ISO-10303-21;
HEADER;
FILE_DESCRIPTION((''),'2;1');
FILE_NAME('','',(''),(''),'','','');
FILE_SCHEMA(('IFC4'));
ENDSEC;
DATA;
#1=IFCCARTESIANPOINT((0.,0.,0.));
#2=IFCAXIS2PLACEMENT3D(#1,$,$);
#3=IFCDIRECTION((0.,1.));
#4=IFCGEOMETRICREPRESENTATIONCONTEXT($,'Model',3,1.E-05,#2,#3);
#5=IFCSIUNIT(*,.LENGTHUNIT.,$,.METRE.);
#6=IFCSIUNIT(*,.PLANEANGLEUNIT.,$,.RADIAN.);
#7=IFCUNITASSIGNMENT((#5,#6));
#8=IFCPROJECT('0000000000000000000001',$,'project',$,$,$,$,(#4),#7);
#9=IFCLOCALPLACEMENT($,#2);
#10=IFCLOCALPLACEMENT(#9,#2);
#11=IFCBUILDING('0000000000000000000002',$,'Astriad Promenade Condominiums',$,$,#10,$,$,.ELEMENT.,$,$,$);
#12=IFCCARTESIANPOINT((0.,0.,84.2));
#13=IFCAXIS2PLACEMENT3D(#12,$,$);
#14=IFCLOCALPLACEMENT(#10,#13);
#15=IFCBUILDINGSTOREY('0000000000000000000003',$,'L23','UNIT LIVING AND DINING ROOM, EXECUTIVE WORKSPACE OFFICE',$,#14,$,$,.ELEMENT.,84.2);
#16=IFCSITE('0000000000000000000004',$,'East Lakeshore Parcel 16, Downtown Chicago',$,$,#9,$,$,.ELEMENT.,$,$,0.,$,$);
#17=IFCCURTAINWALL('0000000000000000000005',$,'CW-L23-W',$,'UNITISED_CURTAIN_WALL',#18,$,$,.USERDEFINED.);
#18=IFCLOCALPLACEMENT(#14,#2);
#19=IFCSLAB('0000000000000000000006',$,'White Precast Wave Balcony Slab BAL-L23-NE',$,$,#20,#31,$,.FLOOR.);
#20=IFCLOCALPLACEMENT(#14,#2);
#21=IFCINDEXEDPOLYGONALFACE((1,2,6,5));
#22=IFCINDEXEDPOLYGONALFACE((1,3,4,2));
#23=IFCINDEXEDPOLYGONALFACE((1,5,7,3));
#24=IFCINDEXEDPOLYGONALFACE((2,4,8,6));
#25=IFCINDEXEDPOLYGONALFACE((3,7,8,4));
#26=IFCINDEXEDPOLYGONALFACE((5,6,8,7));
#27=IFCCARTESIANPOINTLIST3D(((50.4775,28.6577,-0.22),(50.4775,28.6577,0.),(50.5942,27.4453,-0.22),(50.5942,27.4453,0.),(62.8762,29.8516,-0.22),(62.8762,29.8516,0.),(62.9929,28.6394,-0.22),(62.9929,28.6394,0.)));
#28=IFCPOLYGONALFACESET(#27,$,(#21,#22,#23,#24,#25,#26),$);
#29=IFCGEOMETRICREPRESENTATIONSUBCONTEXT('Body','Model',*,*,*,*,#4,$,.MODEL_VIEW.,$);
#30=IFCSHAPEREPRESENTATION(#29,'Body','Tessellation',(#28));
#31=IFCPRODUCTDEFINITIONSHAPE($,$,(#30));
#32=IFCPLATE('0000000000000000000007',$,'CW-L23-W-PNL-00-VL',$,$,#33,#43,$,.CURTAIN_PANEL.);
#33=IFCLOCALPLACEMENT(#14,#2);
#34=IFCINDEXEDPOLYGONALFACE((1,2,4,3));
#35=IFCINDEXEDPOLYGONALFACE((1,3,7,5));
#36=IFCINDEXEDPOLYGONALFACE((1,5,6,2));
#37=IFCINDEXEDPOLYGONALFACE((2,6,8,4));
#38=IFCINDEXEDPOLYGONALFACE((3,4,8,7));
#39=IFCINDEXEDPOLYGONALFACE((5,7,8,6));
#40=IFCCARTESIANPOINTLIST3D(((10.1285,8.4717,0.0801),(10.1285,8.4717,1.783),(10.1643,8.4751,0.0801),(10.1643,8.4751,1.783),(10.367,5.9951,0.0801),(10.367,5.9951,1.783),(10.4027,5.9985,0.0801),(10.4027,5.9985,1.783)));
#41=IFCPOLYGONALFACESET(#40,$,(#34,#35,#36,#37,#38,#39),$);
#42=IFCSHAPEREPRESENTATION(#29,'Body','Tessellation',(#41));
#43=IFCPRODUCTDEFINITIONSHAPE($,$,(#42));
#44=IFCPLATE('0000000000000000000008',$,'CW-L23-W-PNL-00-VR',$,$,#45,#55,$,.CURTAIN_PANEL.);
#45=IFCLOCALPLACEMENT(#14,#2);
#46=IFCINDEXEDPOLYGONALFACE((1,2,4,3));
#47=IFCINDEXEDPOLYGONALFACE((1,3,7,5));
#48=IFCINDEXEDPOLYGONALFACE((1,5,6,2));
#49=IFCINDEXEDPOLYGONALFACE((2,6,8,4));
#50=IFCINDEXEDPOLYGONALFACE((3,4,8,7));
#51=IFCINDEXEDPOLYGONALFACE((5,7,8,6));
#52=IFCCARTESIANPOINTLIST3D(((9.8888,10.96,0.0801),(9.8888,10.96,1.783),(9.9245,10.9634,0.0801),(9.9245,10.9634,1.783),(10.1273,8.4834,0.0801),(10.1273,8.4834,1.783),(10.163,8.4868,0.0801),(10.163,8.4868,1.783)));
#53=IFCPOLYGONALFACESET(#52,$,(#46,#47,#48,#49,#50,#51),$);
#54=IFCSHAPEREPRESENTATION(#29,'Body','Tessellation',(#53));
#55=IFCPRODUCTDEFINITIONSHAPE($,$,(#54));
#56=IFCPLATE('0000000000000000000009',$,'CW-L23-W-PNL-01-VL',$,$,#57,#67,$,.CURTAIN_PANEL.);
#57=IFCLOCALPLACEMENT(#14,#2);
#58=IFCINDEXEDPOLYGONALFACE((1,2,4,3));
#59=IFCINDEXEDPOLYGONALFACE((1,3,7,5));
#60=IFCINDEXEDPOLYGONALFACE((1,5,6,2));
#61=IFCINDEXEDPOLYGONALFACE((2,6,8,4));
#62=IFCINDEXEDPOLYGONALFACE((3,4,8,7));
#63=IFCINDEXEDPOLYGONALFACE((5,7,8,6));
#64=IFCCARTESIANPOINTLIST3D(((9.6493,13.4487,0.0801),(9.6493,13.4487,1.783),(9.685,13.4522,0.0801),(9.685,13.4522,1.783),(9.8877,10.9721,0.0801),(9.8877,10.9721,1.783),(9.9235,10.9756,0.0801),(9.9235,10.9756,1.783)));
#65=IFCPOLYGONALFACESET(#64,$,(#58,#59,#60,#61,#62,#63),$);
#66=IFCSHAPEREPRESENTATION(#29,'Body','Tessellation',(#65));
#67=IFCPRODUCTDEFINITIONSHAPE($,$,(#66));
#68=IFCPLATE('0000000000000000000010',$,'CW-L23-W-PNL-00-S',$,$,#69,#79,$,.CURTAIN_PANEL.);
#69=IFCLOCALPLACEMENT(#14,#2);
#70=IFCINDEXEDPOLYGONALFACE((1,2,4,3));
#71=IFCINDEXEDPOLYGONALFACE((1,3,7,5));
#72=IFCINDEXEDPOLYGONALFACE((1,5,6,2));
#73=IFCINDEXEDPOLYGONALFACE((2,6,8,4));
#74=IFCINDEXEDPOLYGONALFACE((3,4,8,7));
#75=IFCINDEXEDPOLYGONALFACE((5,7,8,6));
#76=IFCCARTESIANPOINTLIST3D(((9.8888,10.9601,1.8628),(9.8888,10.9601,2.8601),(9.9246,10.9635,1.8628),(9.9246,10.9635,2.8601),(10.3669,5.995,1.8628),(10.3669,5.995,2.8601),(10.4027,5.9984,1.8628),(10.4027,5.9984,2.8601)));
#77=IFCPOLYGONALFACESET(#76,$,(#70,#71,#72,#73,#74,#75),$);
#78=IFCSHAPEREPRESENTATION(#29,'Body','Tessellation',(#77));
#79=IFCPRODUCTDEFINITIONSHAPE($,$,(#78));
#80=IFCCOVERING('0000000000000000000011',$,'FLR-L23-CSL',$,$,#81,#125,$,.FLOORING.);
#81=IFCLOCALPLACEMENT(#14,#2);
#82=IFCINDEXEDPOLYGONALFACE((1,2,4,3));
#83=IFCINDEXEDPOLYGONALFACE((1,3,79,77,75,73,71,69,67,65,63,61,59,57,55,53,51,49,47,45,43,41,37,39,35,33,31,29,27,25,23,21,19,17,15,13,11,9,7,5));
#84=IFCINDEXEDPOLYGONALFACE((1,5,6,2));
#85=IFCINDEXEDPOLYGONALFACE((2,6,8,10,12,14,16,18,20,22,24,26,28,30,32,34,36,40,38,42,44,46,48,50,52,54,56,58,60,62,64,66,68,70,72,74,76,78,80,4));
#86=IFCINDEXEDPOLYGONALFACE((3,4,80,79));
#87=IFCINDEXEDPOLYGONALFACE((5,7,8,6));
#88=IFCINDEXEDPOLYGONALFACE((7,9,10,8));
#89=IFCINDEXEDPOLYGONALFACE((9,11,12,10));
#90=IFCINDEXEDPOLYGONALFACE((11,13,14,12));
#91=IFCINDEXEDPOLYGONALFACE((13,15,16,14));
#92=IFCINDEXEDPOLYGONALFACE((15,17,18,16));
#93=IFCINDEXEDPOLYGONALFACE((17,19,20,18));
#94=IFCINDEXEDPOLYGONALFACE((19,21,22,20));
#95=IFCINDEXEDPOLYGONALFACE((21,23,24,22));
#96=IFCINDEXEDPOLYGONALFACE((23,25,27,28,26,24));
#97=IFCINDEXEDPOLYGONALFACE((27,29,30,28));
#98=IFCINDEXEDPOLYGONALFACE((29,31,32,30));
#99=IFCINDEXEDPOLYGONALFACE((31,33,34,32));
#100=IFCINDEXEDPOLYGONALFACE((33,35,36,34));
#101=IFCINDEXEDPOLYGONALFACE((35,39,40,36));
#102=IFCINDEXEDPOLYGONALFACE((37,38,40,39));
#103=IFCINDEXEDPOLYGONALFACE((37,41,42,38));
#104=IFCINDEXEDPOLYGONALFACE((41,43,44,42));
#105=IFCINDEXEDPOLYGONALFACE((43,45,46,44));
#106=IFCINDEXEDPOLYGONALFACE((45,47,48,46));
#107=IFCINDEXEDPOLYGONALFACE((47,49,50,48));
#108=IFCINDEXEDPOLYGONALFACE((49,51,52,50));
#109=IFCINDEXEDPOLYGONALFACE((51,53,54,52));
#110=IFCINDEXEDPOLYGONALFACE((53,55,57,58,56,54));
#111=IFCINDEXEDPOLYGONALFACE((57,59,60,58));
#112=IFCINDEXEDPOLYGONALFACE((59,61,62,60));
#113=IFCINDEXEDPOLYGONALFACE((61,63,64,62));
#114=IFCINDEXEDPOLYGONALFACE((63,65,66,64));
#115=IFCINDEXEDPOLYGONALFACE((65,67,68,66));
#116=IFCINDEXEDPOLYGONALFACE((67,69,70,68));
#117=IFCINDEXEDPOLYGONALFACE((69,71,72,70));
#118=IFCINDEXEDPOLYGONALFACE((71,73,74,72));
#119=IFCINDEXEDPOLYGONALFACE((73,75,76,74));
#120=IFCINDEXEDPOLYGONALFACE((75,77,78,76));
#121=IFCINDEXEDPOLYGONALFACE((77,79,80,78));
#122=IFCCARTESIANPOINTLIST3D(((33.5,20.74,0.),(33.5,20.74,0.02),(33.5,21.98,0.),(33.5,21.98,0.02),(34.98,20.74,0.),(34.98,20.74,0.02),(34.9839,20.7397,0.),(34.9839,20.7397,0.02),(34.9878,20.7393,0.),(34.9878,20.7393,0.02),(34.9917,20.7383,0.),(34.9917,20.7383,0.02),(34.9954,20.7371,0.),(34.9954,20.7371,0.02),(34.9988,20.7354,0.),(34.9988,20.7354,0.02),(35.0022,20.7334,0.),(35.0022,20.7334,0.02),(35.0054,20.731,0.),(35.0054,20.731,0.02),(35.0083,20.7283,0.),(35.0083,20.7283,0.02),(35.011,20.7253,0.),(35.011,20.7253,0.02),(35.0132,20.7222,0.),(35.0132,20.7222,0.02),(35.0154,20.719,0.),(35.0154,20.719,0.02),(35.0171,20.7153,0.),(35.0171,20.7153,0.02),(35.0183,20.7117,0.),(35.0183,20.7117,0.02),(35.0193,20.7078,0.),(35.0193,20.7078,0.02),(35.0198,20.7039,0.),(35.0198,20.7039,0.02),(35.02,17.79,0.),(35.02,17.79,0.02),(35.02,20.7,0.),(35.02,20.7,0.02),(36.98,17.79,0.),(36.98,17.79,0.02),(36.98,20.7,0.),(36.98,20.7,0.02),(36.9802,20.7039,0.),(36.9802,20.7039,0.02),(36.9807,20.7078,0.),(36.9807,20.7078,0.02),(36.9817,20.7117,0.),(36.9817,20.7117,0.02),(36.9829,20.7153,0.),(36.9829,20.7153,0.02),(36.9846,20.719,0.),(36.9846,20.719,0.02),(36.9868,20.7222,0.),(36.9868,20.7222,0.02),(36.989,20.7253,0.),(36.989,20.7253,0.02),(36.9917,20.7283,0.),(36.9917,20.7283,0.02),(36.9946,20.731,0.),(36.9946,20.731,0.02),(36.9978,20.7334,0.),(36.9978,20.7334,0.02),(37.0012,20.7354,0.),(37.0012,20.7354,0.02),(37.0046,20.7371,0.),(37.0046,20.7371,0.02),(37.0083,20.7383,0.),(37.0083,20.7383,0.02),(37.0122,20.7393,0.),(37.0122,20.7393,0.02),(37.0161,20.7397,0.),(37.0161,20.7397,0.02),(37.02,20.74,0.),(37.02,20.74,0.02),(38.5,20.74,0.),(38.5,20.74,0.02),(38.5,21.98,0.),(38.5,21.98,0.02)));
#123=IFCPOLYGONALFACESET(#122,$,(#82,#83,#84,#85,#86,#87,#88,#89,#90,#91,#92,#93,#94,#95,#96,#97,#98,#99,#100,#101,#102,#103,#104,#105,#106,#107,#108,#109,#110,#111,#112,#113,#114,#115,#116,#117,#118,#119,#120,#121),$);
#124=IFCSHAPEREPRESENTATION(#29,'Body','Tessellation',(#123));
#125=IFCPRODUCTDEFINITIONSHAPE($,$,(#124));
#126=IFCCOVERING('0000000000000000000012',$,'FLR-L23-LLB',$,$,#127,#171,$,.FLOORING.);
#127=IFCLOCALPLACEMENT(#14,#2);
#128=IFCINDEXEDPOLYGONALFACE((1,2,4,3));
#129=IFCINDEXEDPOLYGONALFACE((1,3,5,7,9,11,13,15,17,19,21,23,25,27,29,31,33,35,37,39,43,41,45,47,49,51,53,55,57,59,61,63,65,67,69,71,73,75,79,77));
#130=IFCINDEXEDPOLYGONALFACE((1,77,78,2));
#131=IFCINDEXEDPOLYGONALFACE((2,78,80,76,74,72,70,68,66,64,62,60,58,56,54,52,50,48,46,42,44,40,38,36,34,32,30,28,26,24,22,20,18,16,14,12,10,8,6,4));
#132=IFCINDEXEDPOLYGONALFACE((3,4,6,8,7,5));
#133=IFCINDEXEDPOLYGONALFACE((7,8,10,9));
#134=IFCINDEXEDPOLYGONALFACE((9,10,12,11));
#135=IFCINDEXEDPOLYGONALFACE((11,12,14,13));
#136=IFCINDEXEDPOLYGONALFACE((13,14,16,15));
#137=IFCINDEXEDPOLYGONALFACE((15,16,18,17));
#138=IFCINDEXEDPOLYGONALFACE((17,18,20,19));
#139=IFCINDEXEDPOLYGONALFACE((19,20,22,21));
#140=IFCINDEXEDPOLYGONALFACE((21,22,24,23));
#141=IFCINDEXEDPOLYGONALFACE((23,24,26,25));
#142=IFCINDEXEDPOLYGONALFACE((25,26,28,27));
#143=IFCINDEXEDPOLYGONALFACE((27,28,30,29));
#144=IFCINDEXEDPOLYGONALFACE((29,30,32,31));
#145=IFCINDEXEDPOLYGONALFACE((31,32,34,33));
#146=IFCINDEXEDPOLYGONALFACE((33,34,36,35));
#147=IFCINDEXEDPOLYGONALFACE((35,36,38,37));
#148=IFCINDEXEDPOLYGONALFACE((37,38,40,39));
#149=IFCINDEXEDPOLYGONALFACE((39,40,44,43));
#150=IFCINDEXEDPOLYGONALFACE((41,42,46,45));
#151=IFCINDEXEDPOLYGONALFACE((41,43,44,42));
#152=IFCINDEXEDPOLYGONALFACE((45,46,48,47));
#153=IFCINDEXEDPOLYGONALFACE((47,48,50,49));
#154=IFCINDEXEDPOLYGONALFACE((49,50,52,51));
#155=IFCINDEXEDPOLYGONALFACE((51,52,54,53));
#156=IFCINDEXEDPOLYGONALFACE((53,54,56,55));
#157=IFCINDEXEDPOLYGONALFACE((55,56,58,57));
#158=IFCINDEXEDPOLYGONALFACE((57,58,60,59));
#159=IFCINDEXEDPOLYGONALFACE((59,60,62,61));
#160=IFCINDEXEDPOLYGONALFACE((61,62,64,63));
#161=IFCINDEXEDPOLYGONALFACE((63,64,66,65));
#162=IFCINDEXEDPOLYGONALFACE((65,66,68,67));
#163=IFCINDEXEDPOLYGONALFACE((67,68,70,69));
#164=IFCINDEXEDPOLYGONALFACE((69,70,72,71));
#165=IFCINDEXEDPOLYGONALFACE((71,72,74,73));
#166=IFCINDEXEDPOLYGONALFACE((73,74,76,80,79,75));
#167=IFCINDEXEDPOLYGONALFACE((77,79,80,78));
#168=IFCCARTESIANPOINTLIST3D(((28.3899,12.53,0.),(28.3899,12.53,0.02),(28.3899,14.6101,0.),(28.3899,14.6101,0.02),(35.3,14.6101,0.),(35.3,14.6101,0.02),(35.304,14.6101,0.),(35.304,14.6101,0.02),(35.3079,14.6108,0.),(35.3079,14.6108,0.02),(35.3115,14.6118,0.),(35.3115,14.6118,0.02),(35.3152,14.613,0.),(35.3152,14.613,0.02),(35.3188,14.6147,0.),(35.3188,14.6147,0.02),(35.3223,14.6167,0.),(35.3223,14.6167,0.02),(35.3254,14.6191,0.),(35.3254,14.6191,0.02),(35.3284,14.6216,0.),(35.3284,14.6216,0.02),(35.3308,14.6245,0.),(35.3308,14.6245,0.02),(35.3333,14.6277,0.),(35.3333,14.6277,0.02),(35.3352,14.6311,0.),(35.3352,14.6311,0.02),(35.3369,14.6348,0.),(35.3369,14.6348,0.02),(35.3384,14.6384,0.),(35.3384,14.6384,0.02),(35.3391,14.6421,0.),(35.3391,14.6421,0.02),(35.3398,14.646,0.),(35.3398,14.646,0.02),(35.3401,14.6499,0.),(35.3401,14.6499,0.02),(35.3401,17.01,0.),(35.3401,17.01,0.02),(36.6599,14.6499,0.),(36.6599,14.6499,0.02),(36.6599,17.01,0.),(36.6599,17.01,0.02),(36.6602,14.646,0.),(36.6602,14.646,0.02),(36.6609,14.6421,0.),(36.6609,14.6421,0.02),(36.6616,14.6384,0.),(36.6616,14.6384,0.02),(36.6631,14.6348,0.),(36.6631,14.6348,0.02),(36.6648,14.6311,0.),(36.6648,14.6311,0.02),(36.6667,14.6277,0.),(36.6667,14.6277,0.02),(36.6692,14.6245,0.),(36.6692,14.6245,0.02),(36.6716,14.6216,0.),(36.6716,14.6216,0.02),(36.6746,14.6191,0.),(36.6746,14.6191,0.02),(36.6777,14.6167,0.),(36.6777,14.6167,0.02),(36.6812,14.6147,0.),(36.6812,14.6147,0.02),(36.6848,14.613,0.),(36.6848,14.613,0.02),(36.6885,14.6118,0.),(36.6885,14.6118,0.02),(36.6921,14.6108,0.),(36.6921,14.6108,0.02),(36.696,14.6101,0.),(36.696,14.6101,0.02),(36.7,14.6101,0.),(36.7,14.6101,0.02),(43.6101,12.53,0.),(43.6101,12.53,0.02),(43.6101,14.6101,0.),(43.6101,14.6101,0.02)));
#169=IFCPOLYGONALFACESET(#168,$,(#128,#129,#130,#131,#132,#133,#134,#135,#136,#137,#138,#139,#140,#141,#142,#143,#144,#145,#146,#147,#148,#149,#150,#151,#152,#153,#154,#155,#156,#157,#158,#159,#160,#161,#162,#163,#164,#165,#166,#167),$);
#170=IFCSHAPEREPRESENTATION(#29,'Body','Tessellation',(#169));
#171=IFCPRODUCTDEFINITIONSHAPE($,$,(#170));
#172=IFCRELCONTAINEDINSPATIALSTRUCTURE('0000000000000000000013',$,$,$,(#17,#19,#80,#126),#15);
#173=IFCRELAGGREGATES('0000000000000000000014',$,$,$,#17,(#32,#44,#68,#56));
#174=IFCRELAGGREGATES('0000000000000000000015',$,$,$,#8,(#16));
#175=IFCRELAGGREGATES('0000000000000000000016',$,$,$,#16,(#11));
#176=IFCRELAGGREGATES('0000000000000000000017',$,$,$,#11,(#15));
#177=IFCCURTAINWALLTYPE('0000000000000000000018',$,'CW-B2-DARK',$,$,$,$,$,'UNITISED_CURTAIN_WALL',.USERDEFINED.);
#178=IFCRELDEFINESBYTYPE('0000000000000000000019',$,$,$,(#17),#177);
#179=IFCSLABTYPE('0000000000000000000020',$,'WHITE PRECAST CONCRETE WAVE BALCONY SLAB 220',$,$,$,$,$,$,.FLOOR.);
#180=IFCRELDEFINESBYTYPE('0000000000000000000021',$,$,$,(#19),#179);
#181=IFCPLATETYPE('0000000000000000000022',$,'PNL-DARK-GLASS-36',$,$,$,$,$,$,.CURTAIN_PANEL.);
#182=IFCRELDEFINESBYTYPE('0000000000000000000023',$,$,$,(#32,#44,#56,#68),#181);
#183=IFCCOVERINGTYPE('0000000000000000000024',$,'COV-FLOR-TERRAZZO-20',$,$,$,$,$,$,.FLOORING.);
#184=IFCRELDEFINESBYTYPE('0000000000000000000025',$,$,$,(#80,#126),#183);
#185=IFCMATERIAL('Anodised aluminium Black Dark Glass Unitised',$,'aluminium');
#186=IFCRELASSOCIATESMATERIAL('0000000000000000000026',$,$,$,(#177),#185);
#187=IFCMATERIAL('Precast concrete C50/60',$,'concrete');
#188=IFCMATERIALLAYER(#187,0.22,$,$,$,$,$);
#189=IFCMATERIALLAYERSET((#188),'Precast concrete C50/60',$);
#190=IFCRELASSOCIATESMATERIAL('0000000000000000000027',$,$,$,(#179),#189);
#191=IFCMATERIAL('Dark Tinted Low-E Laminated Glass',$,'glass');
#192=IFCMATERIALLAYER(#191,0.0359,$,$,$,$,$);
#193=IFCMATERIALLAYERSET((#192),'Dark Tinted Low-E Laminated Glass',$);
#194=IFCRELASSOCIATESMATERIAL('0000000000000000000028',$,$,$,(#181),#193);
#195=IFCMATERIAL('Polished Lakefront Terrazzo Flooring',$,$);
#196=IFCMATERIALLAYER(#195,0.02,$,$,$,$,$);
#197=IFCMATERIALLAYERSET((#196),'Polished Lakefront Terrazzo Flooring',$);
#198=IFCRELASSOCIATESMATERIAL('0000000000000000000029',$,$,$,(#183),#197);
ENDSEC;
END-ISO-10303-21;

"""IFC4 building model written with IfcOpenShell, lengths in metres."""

from ifc_helpers import new_model, si_unit, direction, frame, origin, origin_2d, place, context, subcontext, project, spatial, polyline, rectangle, outline, extrude, source, transform, mapped, material, layer, layer_set, type_object, type_shapes, element, aggregate, save


model = new_model("IFC4")

# Units and contexts
model_context = context("Model", 3, precision=1e-05, world=origin(), true_north=direction((0.0, 1.0)))
body_context = subcontext(model_context, "Body", "Model", "MODEL_VIEW")
ifc_project = project(units=[si_unit("LENGTHUNIT", "METRE"), si_unit("PLANEANGLEUNIT", "RADIAN")], contexts=[model_context])

# Site, building, storey
site_placement = place(None, origin())
site = spatial("IfcSite", under=ifc_project, at=site_placement, Name="East Lakeshore Parcel 16, Downtown Chicago", CompositionType="ELEMENT", RefElevation=0.0)
building_placement = place(site_placement, origin())
building = spatial("IfcBuilding", under=site, at=building_placement, Name="Astriad Promenade Condominiums", CompositionType="ELEMENT")
storey_placement = place(building_placement, frame((0.0, 0.0, 84.2)))
storey = spatial("IfcBuildingStorey", under=building, at=storey_placement, Name="L23", Description="UNIT LIVING AND DINING ROOM, EXECUTIVE WORKSPACE OFFICE", CompositionType="ELEMENT", Elevation=84.2)

# Curtain wall
ifc_material_1 = material(Name="Anodised aluminium Black Dark Glass Unitised", Category="aluminium")
curtain_wall_type = type_object("IfcCurtainWallType", Name="CW-B2-DARK", ElementType="UNITISED_CURTAIN_WALL", PredefinedType="USERDEFINED", material=ifc_material_1)
curtain_wall_placement = place(storey_placement, origin())
curtain_wall = element("IfcCurtainWall", 1, at=curtain_wall_placement, inside=storey, type_object=curtain_wall_type, Name="CW-L23-W", ObjectType="UNITISED_CURTAIN_WALL", PredefinedType="USERDEFINED")

# Slab
ifc_material_2 = material(Name="Precast concrete C50/60", Category="concrete")
ifc_layer_1 = layer(ifc_material_2, 0.22)
ifc_layer_set_1 = layer_set([ifc_layer_1], Name="Precast concrete C50/60")
slab_type_1 = type_object("IfcSlabType", Name="WHITE PRECAST CONCRETE WAVE BALCONY SLAB 220", PredefinedType="FLOOR", material=ifc_layer_set_1)
slab_1_placement = place(storey_placement, frame((0.0, 0.0, -0.22)))
element("IfcSlab", 2, at=slab_1_placement, inside=storey, type_object=slab_type_1, Name="White Precast Wave Balcony Slab BAL-L23-NE", PredefinedType="FLOOR", context=body_context, shape_type="SweptSolid", body=[
    extrude(outline(polyline([(50.4775, 28.6577), (62.8762, 29.8516), (62.9929, 28.6394), (50.5942, 27.4453), (50.4775, 28.6577)])), origin(), (0.0, 0.0, 1.0), 0.22),
])

# Plates
ifc_material_3 = material(Name="Dark Tinted Low-E Laminated Glass", Category="glass")
ifc_layer_2 = layer(ifc_material_3, 0.0359)
ifc_layer_set_2 = layer_set([ifc_layer_2], Name="Dark Tinted Low-E Laminated Glass")
plate_type = type_object("IfcPlateType", Name="PNL-DARK-GLASS-36", PredefinedType="CURTAIN_PANEL", material=ifc_layer_set_2)
shared_shape_1 = source(origin(), body_context, "Body", "SweptSolid", [
    extrude(rectangle(XDim=2.488, YDim=0.0359, at=origin_2d()), origin(), (0.0, 0.0, 1.0), 1.7029),
])
plate_1_placement = place(storey_placement, frame((10.2656, 7.2351, 0.0801), z_axis=(0.0, 0.0, 1.0), x_axis=(-0.095846, 0.995396, 0.0)))
plate_1 = element("IfcPlate", 3, at=plate_1_placement, type_object=plate_type, Name="CW-L23-W-PNL-00-VL", PredefinedType="CURTAIN_PANEL", context=body_context, shape_type="MappedRepresentation", body=[
    mapped(shared_shape_1, transform((0.0, 0.0, 0.0), scale=1.0)),
])
plate_2_placement = place(storey_placement, frame((10.0259, 9.7234, 0.0801), z_axis=(0.0, 0.0, 1.0), x_axis=(-0.095846, 0.995396, 0.0)))
plate_2 = element("IfcPlate", 4, at=plate_2_placement, type_object=plate_type, Name="CW-L23-W-PNL-00-VR", PredefinedType="CURTAIN_PANEL", context=body_context, shape_type="MappedRepresentation", body=[
    mapped(shared_shape_1, transform((0.0, 0.0, 0.0), scale=1.0)),
])
plate_3_placement = place(storey_placement, frame((9.7864, 12.2122, 0.0801), z_axis=(0.0, 0.0, 1.0), x_axis=(-0.095846, 0.995396, 0.0)))
plate_3 = element("IfcPlate", 5, at=plate_3_placement, type_object=plate_type, Name="CW-L23-W-PNL-01-VL", PredefinedType="CURTAIN_PANEL", context=body_context, shape_type="MappedRepresentation", body=[
    mapped(shared_shape_1, transform((0.0, 0.0, 0.0), scale=1.0)),
])
shared_shape_2 = source(origin(), body_context, "Body", "SweptSolid", [
    extrude(rectangle(XDim=4.988, YDim=0.0359, at=origin_2d()), origin(), (0.0, 0.0, 1.0), 0.9973),
])
type_shapes(plate_type, [shared_shape_1, shared_shape_2])
plate_4_placement = place(storey_placement, frame((10.1458, 8.4792, 1.8628), z_axis=(0.0, 0.0, 1.0), x_axis=(-0.095846, 0.995396, 0.0)))
plate_4 = element("IfcPlate", 6, at=plate_4_placement, type_object=plate_type, Name="CW-L23-W-PNL-00-S", PredefinedType="CURTAIN_PANEL", context=body_context, shape_type="MappedRepresentation", body=[
    mapped(shared_shape_2, transform((0.0, 0.0, 0.0), scale=1.0)),
])
aggregate(curtain_wall, [plate_1, plate_2, plate_4, plate_3])

# Coverings
ifc_material_4 = material(Name="Polished Lakefront Terrazzo Flooring")
ifc_layer_3 = layer(ifc_material_4, 0.02)
ifc_layer_set_3 = layer_set([ifc_layer_3], Name="Polished Lakefront Terrazzo Flooring")
covering_type = type_object("IfcCoveringType", Name="COV-FLOR-TERRAZZO-20", PredefinedType="FLOORING", material=ifc_layer_set_3)
covering_1_placement = place(storey_placement, origin())
element("IfcCovering", 7, at=covering_1_placement, inside=storey, type_object=covering_type, Name="FLR-L23-CSL", PredefinedType="FLOORING", context=body_context, shape_type="SweptSolid", body=[
    extrude(outline(polyline([(36.98, 20.7), (36.98, 17.79), (35.02, 17.79), (35.02, 20.7), (35.0198, 20.7039), (35.0193, 20.7078), (35.0183, 20.7117), (35.0171, 20.7153), (35.0154, 20.719), (35.0132, 20.7222), (35.011, 20.7253), (35.0083, 20.7283), (35.0054, 20.731), (35.0022, 20.7334), (34.9988, 20.7354), (34.9954, 20.7371), (34.9917, 20.7383), (34.9878, 20.7393), (34.9839, 20.7397), (34.98, 20.74), (33.5, 20.74), (33.5, 21.98), (38.5, 21.98), (38.5, 20.74), (37.02, 20.74), (37.0161, 20.7397), (37.0122, 20.7393), (37.0083, 20.7383), (37.0046, 20.7371), (37.0012, 20.7354), (36.9978, 20.7334), (36.9946, 20.731), (36.9917, 20.7283), (36.989, 20.7253), (36.9868, 20.7222), (36.9846, 20.719), (36.9829, 20.7153), (36.9817, 20.7117), (36.9807, 20.7078), (36.9802, 20.7039), (36.98, 20.7)])), origin(), (0.0, 0.0, 1.0), 0.02),
])
covering_2_placement = place(storey_placement, origin())
element("IfcCovering", 8, at=covering_2_placement, inside=storey, type_object=covering_type, Name="FLR-L23-LLB", PredefinedType="FLOORING", context=body_context, shape_type="SweptSolid", body=[
    extrude(outline(polyline([(43.6101, 14.6101), (43.6101, 12.53), (28.3899, 12.53), (28.3899, 14.6101), (35.3, 14.6101), (35.304, 14.6101), (35.3079, 14.6108), (35.3115, 14.6118), (35.3152, 14.613), (35.3188, 14.6147), (35.3223, 14.6167), (35.3254, 14.6191), (35.3284, 14.6216), (35.3308, 14.6245), (35.3333, 14.6277), (35.3352, 14.6311), (35.3369, 14.6348), (35.3384, 14.6384), (35.3391, 14.6421), (35.3398, 14.646), (35.3401, 14.6499), (35.3401, 17.01), (36.6599, 17.01), (36.6599, 14.6499), (36.6602, 14.646), (36.6609, 14.6421), (36.6616, 14.6384), (36.6631, 14.6348), (36.6648, 14.6311), (36.6667, 14.6277), (36.6692, 14.6245), (36.6716, 14.6216), (36.6746, 14.6191), (36.6777, 14.6167), (36.6812, 14.6147), (36.6848, 14.613), (36.6885, 14.6118), (36.6921, 14.6108), (36.696, 14.6101), (36.7, 14.6101), (43.6101, 14.6101)])), origin(), (0.0, 0.0, 1.0), 0.02),
])

save(model, "model.ifc")
